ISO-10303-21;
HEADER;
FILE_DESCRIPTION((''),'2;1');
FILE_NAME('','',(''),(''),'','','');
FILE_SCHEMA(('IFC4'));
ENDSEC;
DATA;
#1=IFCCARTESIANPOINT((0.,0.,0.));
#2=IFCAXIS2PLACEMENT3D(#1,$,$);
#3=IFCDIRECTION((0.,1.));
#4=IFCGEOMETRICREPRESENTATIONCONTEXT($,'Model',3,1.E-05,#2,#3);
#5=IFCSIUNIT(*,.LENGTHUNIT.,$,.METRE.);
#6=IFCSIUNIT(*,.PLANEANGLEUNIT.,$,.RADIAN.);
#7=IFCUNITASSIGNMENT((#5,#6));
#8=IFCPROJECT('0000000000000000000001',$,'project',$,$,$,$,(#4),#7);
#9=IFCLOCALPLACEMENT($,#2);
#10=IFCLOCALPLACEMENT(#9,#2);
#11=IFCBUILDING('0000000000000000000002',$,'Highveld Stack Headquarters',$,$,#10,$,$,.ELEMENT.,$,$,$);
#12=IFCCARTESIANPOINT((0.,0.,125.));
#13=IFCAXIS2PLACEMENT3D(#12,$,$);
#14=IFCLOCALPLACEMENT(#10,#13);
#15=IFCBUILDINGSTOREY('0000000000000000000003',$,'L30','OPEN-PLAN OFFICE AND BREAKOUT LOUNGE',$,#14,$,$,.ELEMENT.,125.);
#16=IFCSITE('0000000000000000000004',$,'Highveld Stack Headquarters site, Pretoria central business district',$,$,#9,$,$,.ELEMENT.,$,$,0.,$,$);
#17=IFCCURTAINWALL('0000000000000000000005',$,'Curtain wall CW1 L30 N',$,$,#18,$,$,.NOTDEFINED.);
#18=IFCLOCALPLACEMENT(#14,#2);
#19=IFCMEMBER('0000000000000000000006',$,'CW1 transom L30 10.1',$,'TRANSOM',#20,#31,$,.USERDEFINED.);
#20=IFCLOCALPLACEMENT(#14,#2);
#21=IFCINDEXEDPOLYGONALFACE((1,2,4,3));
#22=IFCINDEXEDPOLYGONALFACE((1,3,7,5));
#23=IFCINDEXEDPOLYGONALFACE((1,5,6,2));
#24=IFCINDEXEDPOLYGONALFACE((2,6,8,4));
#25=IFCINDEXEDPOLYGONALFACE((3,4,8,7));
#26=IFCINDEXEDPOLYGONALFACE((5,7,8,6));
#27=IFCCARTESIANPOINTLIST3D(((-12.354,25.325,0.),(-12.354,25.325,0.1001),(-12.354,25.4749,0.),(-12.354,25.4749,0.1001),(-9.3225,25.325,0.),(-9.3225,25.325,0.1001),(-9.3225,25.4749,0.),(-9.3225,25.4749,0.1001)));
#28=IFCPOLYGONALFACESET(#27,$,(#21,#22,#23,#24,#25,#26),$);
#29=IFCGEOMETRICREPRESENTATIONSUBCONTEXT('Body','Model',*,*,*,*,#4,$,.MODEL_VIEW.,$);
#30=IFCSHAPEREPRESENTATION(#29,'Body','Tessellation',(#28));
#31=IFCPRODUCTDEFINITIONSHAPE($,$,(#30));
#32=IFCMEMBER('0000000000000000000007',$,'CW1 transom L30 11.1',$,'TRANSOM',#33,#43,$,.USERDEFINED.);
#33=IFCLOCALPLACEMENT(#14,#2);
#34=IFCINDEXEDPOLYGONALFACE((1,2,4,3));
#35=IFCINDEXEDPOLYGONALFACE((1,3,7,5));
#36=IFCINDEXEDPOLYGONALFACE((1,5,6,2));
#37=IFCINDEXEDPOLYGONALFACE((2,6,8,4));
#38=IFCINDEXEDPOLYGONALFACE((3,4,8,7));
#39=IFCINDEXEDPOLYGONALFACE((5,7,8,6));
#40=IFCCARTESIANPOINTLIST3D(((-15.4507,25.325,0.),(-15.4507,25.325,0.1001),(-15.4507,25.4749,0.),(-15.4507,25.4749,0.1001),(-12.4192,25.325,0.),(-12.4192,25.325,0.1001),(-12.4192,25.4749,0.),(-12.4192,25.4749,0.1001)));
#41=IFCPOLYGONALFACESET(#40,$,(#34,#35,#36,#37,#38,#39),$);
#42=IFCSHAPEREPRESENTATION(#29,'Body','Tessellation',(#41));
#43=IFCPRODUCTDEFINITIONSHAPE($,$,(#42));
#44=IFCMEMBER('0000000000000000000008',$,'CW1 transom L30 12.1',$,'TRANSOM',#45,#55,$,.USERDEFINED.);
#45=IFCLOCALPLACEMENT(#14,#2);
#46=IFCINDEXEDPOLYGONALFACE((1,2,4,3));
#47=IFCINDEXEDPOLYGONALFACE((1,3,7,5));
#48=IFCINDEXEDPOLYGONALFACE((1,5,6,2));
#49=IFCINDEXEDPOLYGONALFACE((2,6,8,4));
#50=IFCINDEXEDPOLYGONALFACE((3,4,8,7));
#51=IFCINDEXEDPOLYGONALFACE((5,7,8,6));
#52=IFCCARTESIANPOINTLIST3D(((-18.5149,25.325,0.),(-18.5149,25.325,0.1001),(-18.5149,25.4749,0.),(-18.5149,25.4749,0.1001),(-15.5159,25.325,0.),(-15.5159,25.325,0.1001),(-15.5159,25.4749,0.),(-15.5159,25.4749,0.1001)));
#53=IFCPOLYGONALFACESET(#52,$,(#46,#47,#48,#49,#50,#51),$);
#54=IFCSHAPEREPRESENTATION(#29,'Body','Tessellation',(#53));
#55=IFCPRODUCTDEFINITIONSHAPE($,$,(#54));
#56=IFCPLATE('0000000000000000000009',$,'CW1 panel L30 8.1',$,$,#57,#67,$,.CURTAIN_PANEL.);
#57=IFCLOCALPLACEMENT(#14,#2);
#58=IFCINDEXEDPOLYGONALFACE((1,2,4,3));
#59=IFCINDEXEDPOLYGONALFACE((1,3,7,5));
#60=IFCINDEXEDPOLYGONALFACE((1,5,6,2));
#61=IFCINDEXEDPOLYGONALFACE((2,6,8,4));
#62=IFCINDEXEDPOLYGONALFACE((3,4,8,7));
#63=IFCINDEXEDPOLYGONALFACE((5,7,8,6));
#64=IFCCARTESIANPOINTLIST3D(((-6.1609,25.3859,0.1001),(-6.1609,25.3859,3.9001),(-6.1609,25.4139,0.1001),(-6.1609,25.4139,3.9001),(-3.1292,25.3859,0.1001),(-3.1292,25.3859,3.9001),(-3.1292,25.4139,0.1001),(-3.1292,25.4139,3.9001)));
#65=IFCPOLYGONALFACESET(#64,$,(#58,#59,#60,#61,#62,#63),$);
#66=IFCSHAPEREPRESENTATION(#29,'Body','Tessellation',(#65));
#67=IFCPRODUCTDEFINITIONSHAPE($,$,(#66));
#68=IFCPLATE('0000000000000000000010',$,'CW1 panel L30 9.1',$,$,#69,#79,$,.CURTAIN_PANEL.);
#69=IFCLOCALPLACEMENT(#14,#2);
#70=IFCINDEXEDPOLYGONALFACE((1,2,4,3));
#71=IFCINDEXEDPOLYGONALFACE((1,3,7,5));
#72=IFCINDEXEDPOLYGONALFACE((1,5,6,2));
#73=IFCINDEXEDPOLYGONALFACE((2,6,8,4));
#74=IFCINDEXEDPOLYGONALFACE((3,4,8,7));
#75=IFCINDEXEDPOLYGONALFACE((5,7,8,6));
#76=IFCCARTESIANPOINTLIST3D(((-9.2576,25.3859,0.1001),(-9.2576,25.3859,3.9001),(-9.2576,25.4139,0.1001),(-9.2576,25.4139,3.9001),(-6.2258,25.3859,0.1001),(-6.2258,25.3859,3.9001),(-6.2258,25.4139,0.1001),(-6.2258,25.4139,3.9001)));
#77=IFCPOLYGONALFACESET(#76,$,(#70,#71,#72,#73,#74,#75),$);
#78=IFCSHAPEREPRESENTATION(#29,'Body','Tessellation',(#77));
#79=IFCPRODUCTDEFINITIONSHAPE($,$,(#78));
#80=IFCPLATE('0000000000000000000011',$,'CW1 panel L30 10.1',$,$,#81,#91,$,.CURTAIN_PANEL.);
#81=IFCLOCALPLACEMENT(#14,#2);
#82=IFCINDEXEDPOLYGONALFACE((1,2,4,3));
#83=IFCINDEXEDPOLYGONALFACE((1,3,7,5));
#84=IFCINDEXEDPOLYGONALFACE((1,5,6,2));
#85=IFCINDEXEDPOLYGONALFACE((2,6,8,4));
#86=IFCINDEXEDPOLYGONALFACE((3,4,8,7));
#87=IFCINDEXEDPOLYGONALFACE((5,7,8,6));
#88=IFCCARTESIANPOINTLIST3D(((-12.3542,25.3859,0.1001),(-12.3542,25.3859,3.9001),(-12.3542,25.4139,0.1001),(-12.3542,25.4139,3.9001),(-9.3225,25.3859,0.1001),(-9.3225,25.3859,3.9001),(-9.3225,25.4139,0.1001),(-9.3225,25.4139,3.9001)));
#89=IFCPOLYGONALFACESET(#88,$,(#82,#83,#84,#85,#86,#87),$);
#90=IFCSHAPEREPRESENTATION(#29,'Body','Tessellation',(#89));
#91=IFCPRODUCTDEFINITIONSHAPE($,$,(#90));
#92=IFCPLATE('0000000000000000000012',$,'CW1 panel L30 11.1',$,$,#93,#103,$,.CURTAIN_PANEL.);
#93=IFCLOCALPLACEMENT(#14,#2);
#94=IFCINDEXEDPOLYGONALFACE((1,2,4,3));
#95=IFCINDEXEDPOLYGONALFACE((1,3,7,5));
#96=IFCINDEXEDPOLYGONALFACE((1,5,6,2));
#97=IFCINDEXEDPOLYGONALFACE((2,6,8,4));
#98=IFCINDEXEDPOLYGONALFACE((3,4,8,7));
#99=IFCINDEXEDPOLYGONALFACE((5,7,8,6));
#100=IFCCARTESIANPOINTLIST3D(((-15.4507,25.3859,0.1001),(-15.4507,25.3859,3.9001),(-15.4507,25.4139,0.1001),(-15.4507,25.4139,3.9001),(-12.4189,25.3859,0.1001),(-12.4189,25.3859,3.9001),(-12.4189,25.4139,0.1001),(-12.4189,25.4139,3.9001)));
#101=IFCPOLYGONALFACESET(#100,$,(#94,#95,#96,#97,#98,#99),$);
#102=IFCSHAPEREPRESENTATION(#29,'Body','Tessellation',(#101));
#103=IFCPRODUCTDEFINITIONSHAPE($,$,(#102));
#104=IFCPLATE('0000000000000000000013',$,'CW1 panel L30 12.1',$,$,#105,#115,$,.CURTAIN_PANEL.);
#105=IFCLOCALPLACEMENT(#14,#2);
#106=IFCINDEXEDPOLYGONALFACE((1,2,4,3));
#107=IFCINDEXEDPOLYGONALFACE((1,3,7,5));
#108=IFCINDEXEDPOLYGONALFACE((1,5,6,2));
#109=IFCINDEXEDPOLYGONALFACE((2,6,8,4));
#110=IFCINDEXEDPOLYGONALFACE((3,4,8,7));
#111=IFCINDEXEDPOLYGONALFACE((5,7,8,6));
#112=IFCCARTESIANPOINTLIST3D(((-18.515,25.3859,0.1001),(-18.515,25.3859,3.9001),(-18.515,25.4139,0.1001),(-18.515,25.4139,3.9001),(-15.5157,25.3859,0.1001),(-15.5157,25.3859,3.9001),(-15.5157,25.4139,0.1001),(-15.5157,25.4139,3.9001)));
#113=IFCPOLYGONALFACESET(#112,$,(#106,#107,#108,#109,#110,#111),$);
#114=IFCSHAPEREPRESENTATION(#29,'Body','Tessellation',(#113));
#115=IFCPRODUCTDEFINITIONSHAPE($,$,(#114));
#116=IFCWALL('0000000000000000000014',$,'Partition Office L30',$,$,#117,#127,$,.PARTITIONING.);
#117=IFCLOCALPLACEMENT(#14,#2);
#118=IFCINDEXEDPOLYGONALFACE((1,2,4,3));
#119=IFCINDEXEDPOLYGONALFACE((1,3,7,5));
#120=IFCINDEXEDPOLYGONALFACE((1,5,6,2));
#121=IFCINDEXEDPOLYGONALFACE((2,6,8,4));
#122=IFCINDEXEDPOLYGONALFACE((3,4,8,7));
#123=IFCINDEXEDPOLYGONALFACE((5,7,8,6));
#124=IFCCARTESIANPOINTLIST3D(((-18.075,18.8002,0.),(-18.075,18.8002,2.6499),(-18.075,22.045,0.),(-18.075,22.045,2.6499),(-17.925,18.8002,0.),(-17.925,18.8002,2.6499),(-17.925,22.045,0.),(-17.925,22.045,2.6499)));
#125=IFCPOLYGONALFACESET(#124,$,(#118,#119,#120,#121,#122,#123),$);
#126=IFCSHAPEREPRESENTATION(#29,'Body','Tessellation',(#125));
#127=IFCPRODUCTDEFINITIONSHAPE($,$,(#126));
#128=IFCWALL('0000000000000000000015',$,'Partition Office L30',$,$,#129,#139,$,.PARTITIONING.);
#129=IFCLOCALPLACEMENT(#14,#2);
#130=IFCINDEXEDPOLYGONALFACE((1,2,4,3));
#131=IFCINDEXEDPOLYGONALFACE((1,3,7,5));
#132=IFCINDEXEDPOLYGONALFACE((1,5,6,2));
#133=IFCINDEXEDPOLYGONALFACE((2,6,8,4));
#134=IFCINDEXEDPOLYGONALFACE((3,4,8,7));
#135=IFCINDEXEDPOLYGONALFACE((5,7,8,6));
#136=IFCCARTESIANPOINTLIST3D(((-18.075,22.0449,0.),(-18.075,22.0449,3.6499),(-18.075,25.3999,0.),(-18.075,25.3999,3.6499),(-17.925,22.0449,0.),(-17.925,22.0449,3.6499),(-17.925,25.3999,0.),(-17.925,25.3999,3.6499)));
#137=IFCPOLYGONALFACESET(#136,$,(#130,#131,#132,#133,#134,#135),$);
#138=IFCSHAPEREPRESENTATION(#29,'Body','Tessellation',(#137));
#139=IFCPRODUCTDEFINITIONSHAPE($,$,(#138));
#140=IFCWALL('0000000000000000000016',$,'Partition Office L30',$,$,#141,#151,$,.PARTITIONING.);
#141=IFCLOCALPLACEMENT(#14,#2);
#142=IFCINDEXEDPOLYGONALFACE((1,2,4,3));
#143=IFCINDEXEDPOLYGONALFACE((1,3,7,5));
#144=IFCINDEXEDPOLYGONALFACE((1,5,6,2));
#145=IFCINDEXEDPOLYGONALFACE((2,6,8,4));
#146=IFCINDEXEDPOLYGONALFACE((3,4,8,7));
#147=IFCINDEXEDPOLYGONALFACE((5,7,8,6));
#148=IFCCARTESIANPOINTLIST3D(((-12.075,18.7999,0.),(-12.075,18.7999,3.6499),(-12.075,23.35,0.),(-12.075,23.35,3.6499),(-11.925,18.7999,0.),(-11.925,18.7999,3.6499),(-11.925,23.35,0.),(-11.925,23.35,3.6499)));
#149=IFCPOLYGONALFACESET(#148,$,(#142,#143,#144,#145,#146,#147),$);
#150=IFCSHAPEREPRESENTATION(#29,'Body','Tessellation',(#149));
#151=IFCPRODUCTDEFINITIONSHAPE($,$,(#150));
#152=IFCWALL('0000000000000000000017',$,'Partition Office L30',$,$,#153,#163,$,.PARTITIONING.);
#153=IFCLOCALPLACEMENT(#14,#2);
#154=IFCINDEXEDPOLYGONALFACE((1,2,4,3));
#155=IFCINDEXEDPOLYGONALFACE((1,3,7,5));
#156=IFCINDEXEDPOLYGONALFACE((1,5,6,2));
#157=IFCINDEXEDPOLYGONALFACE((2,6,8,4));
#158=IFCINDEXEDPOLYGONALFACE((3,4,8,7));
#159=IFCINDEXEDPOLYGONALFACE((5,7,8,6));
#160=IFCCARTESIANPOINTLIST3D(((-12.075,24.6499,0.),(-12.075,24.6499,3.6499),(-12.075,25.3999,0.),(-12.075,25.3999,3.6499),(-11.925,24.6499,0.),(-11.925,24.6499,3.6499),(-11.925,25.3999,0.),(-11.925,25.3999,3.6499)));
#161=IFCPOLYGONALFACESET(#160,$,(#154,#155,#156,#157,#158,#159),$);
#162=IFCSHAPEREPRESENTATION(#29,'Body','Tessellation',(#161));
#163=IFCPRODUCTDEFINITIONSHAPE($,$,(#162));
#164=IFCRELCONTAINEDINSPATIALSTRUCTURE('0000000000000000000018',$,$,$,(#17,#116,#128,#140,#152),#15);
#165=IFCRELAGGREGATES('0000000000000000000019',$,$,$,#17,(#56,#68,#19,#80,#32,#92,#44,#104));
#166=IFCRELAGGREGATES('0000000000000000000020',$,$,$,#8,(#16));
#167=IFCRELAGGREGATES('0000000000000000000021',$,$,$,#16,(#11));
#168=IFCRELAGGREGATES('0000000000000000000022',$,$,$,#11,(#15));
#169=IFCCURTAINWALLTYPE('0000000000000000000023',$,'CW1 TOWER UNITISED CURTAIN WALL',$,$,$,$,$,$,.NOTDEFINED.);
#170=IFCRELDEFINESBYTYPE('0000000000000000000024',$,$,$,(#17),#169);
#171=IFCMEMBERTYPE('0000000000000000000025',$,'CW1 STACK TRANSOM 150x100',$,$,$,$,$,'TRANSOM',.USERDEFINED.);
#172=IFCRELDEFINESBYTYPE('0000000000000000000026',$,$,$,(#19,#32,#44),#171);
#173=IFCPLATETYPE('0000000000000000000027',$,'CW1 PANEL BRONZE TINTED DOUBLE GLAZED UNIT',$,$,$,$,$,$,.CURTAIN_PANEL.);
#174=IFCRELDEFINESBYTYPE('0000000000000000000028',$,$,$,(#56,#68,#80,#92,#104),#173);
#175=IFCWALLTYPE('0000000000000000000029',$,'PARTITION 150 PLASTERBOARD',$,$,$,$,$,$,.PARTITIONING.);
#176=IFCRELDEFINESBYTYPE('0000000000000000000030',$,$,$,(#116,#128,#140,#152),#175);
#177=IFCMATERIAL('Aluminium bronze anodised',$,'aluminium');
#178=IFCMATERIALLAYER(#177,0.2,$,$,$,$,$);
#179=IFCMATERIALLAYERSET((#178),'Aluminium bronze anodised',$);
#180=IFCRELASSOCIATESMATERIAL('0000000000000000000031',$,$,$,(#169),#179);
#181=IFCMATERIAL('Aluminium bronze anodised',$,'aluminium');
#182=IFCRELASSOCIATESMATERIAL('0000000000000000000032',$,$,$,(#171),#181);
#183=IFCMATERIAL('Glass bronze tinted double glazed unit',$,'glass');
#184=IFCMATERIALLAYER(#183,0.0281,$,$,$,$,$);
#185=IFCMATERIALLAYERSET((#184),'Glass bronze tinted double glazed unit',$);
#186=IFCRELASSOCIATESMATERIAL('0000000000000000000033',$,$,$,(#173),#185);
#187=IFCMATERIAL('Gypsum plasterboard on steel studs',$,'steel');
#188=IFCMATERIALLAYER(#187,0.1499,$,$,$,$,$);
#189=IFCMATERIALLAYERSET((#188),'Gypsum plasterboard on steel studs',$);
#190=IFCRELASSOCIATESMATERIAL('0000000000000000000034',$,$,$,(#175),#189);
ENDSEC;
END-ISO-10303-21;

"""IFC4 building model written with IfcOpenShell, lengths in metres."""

from ifc_helpers import new_model, si_unit, direction, frame, frame_2d, origin, origin_2d, place, context, subcontext, project, spatial, rectangle, extrude, material, layer, layer_set, material_profile, profile_set, type_object, element, aggregate, save


model = new_model("IFC4")

# Units and contexts
model_context = context("Model", 3, precision=1e-05, world=origin(), true_north=direction((0.0, 1.0)))
body_context = subcontext(model_context, "Body", "Model", "MODEL_VIEW")
ifc_project = project(units=[si_unit("LENGTHUNIT", "METRE"), si_unit("PLANEANGLEUNIT", "RADIAN")], contexts=[model_context])

# Site, building, storey
site_placement = place(None, origin())
site = spatial("IfcSite", under=ifc_project, at=site_placement, Name="Highveld Stack Headquarters site, Pretoria central business district", CompositionType="ELEMENT", RefElevation=0.0)
building_placement = place(site_placement, origin())
building = spatial("IfcBuilding", under=site, at=building_placement, Name="Highveld Stack Headquarters", CompositionType="ELEMENT")
storey_placement = place(building_placement, frame((0.0, 0.0, 125.0)))
storey = spatial("IfcBuildingStorey", under=building, at=storey_placement, Name="L30", Description="OPEN-PLAN OFFICE AND BREAKOUT LOUNGE", CompositionType="ELEMENT", Elevation=125.0)

# Curtain wall, members, plates
ifc_material_1 = material(Name="Aluminium bronze anodised", Category="aluminium")
ifc_layer_1 = layer(ifc_material_1, 0.2)
ifc_layer_set_1 = layer_set([ifc_layer_1], Name="Aluminium bronze anodised")
curtain_wall_type = type_object("IfcCurtainWallType", Name="CW1 TOWER UNITISED CURTAIN WALL", PredefinedType="NOTDEFINED", material=ifc_layer_set_1)
curtain_wall_placement = place(storey_placement, origin())
curtain_wall = element("IfcCurtainWall", 1, at=curtain_wall_placement, inside=storey, type_object=curtain_wall_type, Name="Curtain wall CW1 L30 N", PredefinedType="NOTDEFINED")
ifc_material_2 = material(Name="Aluminium bronze anodised", Category="aluminium")
ifc_material_profile_1 = material_profile(ifc_material_2, rectangle(XDim=0.1499, YDim=0.1001, at=origin_2d()), Name="CW1 TRANSOM 150x100")
ifc_profile_set_1 = profile_set([ifc_material_profile_1], Name="Aluminium bronze anodised")
member_type_1 = type_object("IfcMemberType", Name="CW1 STACK TRANSOM 150x100", ElementType="TRANSOM", PredefinedType="USERDEFINED", material=ifc_profile_set_1)
member_1_placement = place(storey_placement, frame((-9.3225, 25.3999, 0.05), z_axis=(-1.0, 0.0, 0.0), x_axis=(0.0, -1.0, 0.0)))
member_1 = element("IfcMember", 2, at=member_1_placement, type_object=member_type_1, Name="CW1 transom L30 10.1", ObjectType="TRANSOM", PredefinedType="USERDEFINED", context=body_context, shape_type="SweptSolid", body=[
    extrude(rectangle(XDim=0.1499, YDim=0.1001, at=origin_2d()), origin(), (0.0, 0.0, 1.0), 3.0315),
])
member_2_placement = place(storey_placement, frame((-12.4192, 25.3999, 0.05), z_axis=(-1.0, 0.0, 0.0), x_axis=(0.0, -1.0, 0.0)))
member_2 = element("IfcMember", 3, at=member_2_placement, type_object=member_type_1, Name="CW1 transom L30 11.1", ObjectType="TRANSOM", PredefinedType="USERDEFINED", context=body_context, shape_type="SweptSolid", body=[
    extrude(rectangle(XDim=0.1499, YDim=0.1001, at=origin_2d()), origin(), (0.0, 0.0, 1.0), 3.0315),
])
member_3_placement = place(storey_placement, frame((-15.5159, 25.3999, 0.05), z_axis=(-1.0, 0.0, 0.0), x_axis=(0.0, -1.0, 0.0)))
member_3 = element("IfcMember", 4, at=member_3_placement, type_object=member_type_1, Name="CW1 transom L30 12.1", ObjectType="TRANSOM", PredefinedType="USERDEFINED", context=body_context, shape_type="SweptSolid", body=[
    extrude(rectangle(XDim=0.1499, YDim=0.1001, at=origin_2d()), origin(), (0.0, 0.0, 1.0), 2.999),
])
ifc_material_3 = material(Name="Glass bronze tinted double glazed unit", Category="glass")
ifc_layer_2 = layer(ifc_material_3, 0.0281)
ifc_layer_set_2 = layer_set([ifc_layer_2], Name="Glass bronze tinted double glazed unit")
plate_type = type_object("IfcPlateType", Name="CW1 PANEL BRONZE TINTED DOUBLE GLAZED UNIT", PredefinedType="CURTAIN_PANEL", material=ifc_layer_set_2)
plate_1_placement = place(storey_placement, frame((-4.645, 25.3999, 0.1001), z_axis=(0.0, 0.0, 1.0), x_axis=(-1.0, 0.0, 0.0)))
plate_1 = element("IfcPlate", 5, at=plate_1_placement, type_object=plate_type, Name="CW1 panel L30 8.1", PredefinedType="CURTAIN_PANEL", context=body_context, shape_type="SweptSolid", body=[
    extrude(rectangle(XDim=3.0317, YDim=0.0281, at=origin_2d()), origin(), (0.0, 0.0, 1.0), 3.8),
])
plate_2_placement = place(storey_placement, frame((-7.7417, 25.3999, 0.1001), z_axis=(0.0, 0.0, 1.0), x_axis=(-1.0, 0.0, 0.0)))
plate_2 = element("IfcPlate", 6, at=plate_2_placement, type_object=plate_type, Name="CW1 panel L30 9.1", PredefinedType="CURTAIN_PANEL", context=body_context, shape_type="SweptSolid", body=[
    extrude(rectangle(XDim=3.0317, YDim=0.0281, at=origin_2d()), origin(), (0.0, 0.0, 1.0), 3.8),
])
plate_3_placement = place(storey_placement, frame((-10.8384, 25.3999, 0.1001), z_axis=(0.0, 0.0, 1.0), x_axis=(-1.0, 0.0, 0.0)))
plate_3 = element("IfcPlate", 7, at=plate_3_placement, type_object=plate_type, Name="CW1 panel L30 10.1", PredefinedType="CURTAIN_PANEL", context=body_context, shape_type="SweptSolid", body=[
    extrude(rectangle(XDim=3.0317, YDim=0.0281, at=origin_2d()), origin(), (0.0, 0.0, 1.0), 3.8),
])
plate_4_placement = place(storey_placement, frame((-13.9348, 25.3999, 0.1001), z_axis=(0.0, 0.0, 1.0), x_axis=(-1.0, 0.0, 0.0)))
plate_4 = element("IfcPlate", 8, at=plate_4_placement, type_object=plate_type, Name="CW1 panel L30 11.1", PredefinedType="CURTAIN_PANEL", context=body_context, shape_type="SweptSolid", body=[
    extrude(rectangle(XDim=3.0317, YDim=0.0281, at=origin_2d()), origin(), (0.0, 0.0, 1.0), 3.8),
])
plate_5_placement = place(storey_placement, frame((-17.0154, 25.3999, 0.1001), z_axis=(0.0, 0.0, 1.0), x_axis=(-1.0, 0.0, 0.0)))
plate_5 = element("IfcPlate", 9, at=plate_5_placement, type_object=plate_type, Name="CW1 panel L30 12.1", PredefinedType="CURTAIN_PANEL", context=body_context, shape_type="SweptSolid", body=[
    extrude(rectangle(XDim=2.9993, YDim=0.0281, at=origin_2d()), origin(), (0.0, 0.0, 1.0), 3.8),
])
aggregate(curtain_wall, [plate_1, plate_2, member_1, plate_3, member_2, plate_4, member_3, plate_5])

# Walls
ifc_material_4 = material(Name="Gypsum plasterboard on steel studs", Category="steel")
ifc_layer_3 = layer(ifc_material_4, 0.1499)
ifc_layer_set_3 = layer_set([ifc_layer_3], Name="Gypsum plasterboard on steel studs")
wall_type = type_object("IfcWallType", Name="PARTITION 150 PLASTERBOARD", PredefinedType="PARTITIONING", material=ifc_layer_set_3)
wall_1_placement = place(storey_placement, frame((-18.0, 18.8, 0.0), z_axis=(0.0, 0.0, 1.0), x_axis=(0.0, 1.0, 0.0)))
element("IfcWall", 10, at=wall_1_placement, inside=storey, type_object=wall_type, Name="Partition Office L30", PredefinedType="PARTITIONING", context=body_context, shape_type="SweptSolid", body=[
    extrude(rectangle(XDim=3.2449, YDim=0.1499, at=frame_2d((1.6226, 0.0))), origin(), (0.0, 0.0, 1.0), 2.6499),
])
wall_2_placement = place(storey_placement, frame((-18.0, 22.0449, 0.0), z_axis=(0.0, 0.0, 1.0), x_axis=(0.0, 1.0, 0.0)))
element("IfcWall", 11, at=wall_2_placement, inside=storey, type_object=wall_type, Name="Partition Office L30", PredefinedType="PARTITIONING", context=body_context, shape_type="SweptSolid", body=[
    extrude(rectangle(XDim=3.355, YDim=0.1499, at=frame_2d((1.6775, 0.0))), origin(), (0.0, 0.0, 1.0), 3.6499),
])
wall_3_placement = place(storey_placement, frame((-12.0, 18.8, 0.0), z_axis=(0.0, 0.0, 1.0), x_axis=(0.0, 1.0, 0.0)))
element("IfcWall", 12, at=wall_3_placement, inside=storey, type_object=wall_type, Name="Partition Office L30", PredefinedType="PARTITIONING", context=body_context, shape_type="SweptSolid", body=[
    extrude(rectangle(XDim=4.55, YDim=0.1499, at=frame_2d((2.2749, 0.0))), origin(), (0.0, 0.0, 1.0), 3.6499),
])
wall_4_placement = place(storey_placement, frame((-12.0, 24.6499, 0.0), z_axis=(0.0, 0.0, 1.0), x_axis=(0.0, 1.0, 0.0)))
element("IfcWall", 13, at=wall_4_placement, inside=storey, type_object=wall_type, Name="Partition Office L30", PredefinedType="PARTITIONING", context=body_context, shape_type="SweptSolid", body=[
    extrude(rectangle(XDim=0.75, YDim=0.1499, at=frame_2d((0.375, 0.0))), origin(), (0.0, 0.0, 1.0), 3.6499),
])

save(model, "model.ifc")
